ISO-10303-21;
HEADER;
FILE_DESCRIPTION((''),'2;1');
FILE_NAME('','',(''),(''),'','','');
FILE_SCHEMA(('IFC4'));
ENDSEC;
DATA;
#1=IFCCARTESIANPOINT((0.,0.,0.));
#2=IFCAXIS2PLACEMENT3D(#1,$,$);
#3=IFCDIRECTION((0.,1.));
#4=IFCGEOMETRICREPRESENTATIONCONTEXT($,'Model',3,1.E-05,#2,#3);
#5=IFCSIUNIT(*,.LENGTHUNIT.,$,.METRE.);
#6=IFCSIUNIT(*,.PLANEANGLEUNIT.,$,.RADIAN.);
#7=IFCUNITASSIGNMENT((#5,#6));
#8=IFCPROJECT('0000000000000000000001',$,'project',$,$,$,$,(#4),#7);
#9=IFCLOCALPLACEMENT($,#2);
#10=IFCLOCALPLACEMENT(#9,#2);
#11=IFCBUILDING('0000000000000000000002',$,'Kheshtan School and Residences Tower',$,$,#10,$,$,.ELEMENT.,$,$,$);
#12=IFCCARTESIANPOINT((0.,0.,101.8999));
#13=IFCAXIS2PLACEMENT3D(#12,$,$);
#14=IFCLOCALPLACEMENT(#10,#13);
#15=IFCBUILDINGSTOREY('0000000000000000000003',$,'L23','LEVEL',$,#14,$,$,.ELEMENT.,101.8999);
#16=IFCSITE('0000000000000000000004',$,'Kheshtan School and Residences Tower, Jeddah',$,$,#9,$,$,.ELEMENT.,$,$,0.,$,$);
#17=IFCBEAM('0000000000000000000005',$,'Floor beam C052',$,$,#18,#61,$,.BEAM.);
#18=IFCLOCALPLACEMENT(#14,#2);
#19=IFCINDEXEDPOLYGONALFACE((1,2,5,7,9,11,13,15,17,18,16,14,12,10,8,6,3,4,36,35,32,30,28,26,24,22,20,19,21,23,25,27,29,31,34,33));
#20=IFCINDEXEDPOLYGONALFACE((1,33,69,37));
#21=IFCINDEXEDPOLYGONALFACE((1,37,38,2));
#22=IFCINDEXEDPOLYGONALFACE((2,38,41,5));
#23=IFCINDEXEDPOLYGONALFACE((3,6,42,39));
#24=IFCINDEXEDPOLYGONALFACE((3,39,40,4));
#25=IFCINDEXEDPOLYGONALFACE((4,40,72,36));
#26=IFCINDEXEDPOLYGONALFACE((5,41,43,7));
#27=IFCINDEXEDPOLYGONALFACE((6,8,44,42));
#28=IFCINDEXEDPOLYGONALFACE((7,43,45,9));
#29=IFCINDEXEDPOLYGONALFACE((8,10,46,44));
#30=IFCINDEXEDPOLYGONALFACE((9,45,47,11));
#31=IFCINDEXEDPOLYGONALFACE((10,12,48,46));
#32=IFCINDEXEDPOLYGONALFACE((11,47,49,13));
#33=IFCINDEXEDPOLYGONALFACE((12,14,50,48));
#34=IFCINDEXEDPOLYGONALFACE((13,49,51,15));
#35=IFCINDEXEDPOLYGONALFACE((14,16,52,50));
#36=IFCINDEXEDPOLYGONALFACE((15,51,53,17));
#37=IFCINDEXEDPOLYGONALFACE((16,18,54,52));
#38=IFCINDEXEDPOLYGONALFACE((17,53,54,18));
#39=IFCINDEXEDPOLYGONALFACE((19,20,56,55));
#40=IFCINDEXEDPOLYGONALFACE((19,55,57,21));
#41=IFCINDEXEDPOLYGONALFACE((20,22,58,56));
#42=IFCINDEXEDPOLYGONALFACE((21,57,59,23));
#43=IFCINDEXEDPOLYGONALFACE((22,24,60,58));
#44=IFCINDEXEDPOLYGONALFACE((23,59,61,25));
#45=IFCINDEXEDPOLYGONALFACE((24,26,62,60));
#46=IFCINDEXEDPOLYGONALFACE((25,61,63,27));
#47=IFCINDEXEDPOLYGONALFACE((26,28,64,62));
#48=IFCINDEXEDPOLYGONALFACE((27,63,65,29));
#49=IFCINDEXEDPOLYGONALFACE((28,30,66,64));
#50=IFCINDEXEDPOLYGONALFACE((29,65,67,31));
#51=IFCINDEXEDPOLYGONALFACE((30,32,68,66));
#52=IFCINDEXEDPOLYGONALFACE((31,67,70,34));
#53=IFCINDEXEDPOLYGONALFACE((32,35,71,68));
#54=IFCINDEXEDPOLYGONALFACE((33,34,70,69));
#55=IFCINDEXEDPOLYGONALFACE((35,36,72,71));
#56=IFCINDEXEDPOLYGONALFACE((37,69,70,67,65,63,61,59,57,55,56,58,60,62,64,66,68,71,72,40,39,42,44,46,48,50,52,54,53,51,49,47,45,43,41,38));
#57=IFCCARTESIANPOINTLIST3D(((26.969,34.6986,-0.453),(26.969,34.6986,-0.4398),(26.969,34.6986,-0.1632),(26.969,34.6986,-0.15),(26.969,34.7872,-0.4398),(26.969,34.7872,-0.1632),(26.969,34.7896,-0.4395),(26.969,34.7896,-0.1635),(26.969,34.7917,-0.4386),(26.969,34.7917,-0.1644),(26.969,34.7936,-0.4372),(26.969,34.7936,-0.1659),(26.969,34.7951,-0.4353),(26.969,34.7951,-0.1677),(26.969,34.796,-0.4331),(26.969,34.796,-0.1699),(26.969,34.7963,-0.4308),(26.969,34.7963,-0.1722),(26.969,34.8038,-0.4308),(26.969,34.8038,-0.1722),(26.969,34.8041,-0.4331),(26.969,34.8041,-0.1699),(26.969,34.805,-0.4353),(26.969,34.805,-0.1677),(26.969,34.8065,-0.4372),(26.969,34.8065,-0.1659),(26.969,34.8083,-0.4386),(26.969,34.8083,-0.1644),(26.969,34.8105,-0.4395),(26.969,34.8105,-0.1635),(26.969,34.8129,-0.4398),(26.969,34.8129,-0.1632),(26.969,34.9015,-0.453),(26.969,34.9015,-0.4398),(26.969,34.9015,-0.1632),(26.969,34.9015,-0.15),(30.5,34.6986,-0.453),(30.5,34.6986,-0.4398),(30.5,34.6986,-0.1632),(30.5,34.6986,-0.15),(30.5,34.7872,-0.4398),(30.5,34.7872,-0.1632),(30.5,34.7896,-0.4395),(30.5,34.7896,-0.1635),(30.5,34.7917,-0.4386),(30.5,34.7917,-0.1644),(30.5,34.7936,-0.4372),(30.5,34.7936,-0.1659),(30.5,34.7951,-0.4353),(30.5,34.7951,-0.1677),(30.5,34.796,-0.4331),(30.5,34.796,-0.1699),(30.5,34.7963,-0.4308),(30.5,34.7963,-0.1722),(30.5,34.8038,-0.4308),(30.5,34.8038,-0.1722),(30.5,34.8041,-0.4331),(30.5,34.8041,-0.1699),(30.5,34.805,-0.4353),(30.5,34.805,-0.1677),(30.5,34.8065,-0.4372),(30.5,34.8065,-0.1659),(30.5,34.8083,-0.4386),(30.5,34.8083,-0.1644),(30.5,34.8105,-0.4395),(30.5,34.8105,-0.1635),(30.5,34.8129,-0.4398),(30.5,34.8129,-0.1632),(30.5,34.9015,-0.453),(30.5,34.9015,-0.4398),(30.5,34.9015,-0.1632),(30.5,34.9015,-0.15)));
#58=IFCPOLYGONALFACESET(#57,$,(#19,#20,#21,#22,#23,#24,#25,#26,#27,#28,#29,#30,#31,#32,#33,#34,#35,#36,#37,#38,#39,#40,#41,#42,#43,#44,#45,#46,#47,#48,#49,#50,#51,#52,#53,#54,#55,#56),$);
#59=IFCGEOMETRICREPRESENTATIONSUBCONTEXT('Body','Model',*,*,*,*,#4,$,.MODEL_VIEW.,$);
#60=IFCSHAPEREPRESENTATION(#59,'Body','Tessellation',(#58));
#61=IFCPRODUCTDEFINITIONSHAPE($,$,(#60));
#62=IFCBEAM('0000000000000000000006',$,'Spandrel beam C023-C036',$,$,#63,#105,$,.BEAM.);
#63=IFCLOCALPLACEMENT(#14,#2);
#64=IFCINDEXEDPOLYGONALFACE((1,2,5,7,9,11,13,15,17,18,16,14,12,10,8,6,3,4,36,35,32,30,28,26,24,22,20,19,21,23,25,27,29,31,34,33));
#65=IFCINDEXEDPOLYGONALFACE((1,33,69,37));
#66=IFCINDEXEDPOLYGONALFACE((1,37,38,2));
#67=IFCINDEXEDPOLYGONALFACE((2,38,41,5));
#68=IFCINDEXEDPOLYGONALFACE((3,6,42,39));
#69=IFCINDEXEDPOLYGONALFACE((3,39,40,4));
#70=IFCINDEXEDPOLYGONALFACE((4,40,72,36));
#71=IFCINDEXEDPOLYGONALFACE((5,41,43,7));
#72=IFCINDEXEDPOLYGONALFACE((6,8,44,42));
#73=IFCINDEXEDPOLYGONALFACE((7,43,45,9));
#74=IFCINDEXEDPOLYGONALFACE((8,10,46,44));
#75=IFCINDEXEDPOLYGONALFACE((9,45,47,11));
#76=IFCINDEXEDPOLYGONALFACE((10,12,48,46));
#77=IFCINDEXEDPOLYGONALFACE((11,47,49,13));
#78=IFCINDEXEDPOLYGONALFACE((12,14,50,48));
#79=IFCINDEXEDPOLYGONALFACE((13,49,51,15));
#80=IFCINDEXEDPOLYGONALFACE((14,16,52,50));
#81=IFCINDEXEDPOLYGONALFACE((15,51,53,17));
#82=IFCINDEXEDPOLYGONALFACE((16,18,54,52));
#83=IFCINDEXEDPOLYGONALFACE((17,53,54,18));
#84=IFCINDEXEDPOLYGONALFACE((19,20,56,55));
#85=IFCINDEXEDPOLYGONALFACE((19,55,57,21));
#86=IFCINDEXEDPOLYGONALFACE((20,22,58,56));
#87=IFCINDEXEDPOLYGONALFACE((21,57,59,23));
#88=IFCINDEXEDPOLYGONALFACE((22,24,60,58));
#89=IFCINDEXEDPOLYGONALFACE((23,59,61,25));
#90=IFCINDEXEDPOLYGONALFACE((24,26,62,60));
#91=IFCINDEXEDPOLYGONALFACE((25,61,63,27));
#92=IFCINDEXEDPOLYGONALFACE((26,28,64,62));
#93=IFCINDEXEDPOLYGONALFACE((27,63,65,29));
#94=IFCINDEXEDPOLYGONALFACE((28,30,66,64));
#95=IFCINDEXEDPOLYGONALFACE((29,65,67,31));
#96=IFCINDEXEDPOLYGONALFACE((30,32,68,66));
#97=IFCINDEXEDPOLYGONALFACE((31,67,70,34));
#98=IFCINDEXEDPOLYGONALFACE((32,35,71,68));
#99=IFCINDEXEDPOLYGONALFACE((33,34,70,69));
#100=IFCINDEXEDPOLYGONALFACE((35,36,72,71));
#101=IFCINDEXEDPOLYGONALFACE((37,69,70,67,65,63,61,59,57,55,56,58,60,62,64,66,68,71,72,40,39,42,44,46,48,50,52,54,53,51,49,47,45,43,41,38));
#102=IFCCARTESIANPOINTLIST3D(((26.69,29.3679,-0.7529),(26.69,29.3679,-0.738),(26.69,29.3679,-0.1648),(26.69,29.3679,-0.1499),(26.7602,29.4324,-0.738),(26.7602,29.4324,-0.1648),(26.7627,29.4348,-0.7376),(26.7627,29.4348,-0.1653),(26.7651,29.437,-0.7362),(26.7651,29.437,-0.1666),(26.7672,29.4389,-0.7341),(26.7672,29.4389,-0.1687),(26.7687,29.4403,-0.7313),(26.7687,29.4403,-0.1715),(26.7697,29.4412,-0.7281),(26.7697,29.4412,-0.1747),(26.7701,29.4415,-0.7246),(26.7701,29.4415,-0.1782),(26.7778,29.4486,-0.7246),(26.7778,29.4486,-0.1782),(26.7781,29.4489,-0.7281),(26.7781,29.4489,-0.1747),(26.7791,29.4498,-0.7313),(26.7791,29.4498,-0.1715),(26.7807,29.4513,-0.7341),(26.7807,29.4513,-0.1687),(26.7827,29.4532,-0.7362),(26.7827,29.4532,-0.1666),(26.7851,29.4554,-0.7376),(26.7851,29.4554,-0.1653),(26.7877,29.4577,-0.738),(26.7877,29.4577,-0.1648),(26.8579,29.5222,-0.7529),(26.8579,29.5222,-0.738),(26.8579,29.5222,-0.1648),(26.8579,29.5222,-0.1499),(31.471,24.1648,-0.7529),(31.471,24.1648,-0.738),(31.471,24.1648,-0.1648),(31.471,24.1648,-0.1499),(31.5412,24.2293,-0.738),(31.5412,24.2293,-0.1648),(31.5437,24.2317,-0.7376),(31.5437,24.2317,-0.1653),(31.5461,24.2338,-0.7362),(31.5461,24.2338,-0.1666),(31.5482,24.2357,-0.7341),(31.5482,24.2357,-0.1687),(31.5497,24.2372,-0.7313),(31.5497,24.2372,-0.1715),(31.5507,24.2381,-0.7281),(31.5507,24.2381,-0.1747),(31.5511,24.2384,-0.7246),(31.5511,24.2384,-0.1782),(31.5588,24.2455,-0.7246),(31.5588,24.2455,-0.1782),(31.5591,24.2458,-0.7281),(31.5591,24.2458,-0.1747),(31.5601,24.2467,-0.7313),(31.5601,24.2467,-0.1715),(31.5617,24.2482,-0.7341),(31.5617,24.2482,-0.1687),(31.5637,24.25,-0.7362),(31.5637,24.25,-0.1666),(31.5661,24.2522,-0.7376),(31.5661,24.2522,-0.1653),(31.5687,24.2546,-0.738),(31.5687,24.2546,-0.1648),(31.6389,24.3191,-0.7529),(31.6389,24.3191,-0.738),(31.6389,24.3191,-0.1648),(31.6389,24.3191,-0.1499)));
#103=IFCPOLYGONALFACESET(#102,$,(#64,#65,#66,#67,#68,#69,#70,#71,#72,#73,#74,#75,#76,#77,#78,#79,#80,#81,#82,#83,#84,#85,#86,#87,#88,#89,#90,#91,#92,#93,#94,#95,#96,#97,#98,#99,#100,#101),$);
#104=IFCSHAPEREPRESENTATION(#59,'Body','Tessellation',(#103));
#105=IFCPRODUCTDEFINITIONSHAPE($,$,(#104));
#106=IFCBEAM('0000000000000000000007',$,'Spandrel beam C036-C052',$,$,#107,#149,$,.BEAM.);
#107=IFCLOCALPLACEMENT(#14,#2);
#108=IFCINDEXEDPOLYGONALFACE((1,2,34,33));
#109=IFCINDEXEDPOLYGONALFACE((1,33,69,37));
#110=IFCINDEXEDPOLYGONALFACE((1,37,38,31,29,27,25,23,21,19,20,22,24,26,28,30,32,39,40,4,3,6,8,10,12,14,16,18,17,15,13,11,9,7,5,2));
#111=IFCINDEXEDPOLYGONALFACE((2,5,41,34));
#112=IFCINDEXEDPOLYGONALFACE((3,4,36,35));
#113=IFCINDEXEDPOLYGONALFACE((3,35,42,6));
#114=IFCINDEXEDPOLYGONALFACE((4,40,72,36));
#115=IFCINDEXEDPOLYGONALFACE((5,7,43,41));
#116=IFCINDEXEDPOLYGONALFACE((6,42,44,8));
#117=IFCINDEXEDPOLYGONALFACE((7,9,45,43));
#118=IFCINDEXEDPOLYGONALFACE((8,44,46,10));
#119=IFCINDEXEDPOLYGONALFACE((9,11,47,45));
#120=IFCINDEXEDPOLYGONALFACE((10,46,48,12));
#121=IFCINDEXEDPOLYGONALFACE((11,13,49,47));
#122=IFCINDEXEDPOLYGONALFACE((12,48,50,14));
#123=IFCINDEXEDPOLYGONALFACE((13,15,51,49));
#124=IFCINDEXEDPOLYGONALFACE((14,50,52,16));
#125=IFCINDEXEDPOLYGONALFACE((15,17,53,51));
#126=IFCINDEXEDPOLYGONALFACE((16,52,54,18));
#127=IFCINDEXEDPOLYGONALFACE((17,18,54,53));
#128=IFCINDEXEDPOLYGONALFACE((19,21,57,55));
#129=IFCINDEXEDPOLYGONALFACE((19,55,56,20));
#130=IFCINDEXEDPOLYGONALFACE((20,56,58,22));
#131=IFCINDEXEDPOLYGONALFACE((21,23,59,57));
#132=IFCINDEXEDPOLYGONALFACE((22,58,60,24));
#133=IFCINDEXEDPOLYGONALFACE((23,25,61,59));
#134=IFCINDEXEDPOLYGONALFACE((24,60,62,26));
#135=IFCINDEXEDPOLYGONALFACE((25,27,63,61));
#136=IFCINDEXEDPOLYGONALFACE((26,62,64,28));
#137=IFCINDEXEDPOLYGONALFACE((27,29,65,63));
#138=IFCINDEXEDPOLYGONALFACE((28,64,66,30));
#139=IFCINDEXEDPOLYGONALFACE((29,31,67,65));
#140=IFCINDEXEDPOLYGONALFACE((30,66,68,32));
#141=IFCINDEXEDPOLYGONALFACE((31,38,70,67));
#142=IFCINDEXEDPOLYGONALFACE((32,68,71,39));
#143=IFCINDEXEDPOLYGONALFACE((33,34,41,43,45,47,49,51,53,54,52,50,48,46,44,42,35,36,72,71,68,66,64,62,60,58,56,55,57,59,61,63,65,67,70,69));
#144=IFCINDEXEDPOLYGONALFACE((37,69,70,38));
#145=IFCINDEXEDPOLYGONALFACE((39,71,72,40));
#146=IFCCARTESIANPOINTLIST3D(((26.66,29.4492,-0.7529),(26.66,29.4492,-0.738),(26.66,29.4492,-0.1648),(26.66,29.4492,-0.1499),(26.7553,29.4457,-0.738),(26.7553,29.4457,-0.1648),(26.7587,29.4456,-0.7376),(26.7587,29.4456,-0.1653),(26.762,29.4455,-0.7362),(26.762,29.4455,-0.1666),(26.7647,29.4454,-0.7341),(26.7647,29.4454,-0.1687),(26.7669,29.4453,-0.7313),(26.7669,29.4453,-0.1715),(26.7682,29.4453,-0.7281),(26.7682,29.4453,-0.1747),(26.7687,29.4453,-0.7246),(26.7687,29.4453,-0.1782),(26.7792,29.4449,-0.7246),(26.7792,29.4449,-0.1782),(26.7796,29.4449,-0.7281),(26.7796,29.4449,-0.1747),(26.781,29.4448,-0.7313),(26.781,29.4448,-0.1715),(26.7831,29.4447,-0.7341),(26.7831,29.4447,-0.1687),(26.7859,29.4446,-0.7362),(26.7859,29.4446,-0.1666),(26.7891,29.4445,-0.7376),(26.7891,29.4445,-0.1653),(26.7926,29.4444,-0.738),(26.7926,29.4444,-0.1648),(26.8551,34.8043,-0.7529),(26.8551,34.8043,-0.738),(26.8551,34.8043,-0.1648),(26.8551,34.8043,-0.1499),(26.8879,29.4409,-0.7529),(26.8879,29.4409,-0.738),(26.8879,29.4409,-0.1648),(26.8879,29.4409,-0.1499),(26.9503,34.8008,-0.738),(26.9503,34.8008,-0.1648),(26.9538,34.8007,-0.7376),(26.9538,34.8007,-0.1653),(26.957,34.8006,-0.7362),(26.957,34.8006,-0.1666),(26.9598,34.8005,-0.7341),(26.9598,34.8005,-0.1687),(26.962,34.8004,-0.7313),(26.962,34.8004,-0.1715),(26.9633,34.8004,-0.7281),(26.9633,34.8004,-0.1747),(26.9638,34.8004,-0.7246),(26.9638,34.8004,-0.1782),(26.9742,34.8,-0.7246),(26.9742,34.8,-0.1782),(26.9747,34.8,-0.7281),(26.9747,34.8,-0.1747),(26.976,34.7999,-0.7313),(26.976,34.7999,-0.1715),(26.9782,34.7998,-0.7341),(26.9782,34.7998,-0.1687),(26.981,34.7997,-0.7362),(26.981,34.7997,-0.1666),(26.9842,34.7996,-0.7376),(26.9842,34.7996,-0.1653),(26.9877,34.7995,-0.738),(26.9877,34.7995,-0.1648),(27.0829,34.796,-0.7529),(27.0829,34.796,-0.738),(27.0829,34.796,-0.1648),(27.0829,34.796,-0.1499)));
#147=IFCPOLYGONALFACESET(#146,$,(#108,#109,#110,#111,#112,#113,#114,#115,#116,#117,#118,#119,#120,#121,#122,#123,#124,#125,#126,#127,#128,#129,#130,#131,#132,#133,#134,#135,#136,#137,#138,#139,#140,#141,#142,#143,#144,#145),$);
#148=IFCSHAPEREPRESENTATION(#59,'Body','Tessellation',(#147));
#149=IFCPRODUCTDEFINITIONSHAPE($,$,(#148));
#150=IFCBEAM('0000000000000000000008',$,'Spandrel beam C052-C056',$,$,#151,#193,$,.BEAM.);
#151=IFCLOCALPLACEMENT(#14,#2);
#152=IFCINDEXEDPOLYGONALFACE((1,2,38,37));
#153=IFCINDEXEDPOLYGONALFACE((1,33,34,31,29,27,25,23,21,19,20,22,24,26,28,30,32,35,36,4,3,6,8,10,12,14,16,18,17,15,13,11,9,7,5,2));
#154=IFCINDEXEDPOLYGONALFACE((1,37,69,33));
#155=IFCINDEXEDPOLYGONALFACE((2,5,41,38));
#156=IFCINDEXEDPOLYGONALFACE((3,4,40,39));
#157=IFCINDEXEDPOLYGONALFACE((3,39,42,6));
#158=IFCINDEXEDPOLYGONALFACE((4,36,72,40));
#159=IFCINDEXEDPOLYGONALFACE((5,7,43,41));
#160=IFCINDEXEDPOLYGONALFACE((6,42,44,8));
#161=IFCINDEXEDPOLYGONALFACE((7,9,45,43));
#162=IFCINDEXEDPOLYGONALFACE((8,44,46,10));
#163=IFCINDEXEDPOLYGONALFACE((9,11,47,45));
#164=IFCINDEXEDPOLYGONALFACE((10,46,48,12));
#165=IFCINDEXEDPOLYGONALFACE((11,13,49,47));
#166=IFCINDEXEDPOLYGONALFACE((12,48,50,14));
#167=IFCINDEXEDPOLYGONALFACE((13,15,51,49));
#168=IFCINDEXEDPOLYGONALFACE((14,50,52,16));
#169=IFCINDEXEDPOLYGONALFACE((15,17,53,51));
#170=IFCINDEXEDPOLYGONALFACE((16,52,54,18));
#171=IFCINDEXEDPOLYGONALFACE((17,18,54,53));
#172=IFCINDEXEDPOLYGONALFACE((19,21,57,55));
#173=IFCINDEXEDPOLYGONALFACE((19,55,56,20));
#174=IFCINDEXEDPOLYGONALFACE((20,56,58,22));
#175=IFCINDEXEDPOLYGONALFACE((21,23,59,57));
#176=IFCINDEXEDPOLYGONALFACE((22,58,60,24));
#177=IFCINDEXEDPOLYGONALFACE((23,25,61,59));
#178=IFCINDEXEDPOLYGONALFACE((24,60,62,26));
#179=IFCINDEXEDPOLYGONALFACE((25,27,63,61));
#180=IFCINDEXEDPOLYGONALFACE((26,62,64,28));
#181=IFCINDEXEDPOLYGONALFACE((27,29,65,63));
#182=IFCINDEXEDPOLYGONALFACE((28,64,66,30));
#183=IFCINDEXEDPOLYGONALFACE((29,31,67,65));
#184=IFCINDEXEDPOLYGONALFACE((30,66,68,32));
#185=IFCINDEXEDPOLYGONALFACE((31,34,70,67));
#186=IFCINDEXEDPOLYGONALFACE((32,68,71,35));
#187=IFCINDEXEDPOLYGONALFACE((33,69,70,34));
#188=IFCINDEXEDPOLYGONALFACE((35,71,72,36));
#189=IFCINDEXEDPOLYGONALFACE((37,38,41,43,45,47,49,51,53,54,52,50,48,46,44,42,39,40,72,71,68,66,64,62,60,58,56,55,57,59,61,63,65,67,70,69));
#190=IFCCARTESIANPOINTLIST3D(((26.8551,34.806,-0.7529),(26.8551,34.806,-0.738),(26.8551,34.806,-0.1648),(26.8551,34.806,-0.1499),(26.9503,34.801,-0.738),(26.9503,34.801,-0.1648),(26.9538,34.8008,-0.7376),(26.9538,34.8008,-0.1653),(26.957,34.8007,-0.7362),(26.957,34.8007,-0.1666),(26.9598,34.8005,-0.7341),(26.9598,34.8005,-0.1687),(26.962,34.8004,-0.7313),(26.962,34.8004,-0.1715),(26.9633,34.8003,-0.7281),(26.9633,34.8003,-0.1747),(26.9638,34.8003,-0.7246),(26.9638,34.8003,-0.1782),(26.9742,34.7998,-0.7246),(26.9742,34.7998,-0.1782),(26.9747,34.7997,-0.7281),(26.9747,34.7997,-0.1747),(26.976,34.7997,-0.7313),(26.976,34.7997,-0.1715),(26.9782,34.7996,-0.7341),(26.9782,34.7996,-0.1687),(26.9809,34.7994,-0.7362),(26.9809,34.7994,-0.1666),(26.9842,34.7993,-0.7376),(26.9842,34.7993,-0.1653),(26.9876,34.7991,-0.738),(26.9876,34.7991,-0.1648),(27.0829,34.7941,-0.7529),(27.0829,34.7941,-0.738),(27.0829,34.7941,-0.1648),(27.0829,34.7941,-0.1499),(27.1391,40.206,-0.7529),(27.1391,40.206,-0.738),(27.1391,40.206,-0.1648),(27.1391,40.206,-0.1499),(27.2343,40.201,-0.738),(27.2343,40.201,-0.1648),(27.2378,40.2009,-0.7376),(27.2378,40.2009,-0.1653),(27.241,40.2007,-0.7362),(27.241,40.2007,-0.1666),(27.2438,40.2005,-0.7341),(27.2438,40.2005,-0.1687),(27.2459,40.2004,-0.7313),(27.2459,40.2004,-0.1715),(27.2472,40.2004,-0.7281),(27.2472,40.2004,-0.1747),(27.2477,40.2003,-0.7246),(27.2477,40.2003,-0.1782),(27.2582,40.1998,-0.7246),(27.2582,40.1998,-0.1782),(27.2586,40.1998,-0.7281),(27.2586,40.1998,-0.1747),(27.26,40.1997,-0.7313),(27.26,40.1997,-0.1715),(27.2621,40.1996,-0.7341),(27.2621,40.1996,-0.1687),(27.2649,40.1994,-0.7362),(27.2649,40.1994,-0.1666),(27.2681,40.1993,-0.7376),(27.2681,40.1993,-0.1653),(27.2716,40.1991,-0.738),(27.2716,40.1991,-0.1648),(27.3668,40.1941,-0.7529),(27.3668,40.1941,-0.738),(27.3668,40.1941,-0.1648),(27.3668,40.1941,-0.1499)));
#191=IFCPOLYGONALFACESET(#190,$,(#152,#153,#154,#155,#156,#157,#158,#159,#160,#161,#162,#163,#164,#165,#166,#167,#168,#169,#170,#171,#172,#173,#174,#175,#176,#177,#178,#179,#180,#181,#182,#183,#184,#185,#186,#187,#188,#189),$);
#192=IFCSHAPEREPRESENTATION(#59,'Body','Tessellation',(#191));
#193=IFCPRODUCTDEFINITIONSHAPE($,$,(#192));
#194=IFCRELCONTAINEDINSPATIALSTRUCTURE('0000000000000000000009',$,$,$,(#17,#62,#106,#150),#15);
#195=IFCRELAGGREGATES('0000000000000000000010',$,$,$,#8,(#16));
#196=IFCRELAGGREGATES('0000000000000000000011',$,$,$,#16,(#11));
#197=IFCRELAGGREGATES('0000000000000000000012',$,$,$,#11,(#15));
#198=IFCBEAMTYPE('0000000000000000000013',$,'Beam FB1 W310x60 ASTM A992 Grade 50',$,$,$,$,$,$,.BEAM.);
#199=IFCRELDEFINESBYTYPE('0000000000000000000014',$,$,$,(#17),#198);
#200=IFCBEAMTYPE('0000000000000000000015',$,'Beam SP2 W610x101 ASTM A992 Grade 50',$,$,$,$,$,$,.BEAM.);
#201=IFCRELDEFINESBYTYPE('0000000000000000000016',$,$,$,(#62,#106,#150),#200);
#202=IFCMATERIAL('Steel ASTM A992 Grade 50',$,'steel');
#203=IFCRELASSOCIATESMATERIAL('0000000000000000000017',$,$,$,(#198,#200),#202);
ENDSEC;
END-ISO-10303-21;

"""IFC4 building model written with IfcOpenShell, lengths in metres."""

from ifc_helpers import new_model, si_unit, direction, frame, origin, origin_2d, place, context, subcontext, project, spatial, i_section, extrude, material, material_profile, profile_set, type_object, element, save


model = new_model("IFC4")

# Units and contexts
model_context = context("Model", 3, precision=1e-05, world=origin(), true_north=direction((0.0, 1.0)))
body_context = subcontext(model_context, "Body", "Model", "MODEL_VIEW")
ifc_project = project(units=[si_unit("LENGTHUNIT", "METRE"), si_unit("PLANEANGLEUNIT", "RADIAN")], contexts=[model_context])

# Site, building, storey
site_placement = place(None, origin())
site = spatial("IfcSite", under=ifc_project, at=site_placement, Name="Kheshtan School and Residences Tower, Jeddah", CompositionType="ELEMENT", RefElevation=0.0)
building_placement = place(site_placement, origin())
building = spatial("IfcBuilding", under=site, at=building_placement, Name="Kheshtan School and Residences Tower", CompositionType="ELEMENT")
storey_placement = place(building_placement, frame((0.0, 0.0, 101.8999)))
storey = spatial("IfcBuildingStorey", under=building, at=storey_placement, Name="L23", Description="LEVEL", CompositionType="ELEMENT", Elevation=101.8999)

# Shared definitions
ifc_material_1 = material(Name="Steel ASTM A992 Grade 50", Category="steel")

# Beams
ifc_material_profile_1 = material_profile(ifc_material_1, i_section(OverallWidth=0.2029, OverallDepth=0.303, WebThickness=0.0076, FlangeThickness=0.0132, FilletRadius=0.009, at=origin_2d()), Name="W310x60")
ifc_profile_set_1 = profile_set([ifc_material_profile_1], Name="Steel ASTM A992 Grade 50")
beam_type_1 = type_object("IfcBeamType", Name="Beam FB1 W310x60 ASTM A992 Grade 50", PredefinedType="BEAM", material=ifc_profile_set_1)
beam_1_placement = place(storey_placement, frame((26.969, 34.8, -0.3015), z_axis=(1.0, 0.0, 0.0), x_axis=(0.0, 1.0, 0.0)))
element("IfcBeam", 1, at=beam_1_placement, inside=storey, type_object=beam_type_1, Name="Floor beam C052", PredefinedType="BEAM", context=body_context, shape_type="SweptSolid", body=[
    extrude(i_section(OverallWidth=0.2029, OverallDepth=0.303, WebThickness=0.0076, FlangeThickness=0.0132, FilletRadius=0.009, at=origin_2d()), origin(), (0.0, 0.0, 1.0), 3.531),
])
ifc_material_profile_2 = material_profile(ifc_material_1, i_section(OverallWidth=0.228, OverallDepth=0.603, WebThickness=0.0105, FlangeThickness=0.0149, FilletRadius=0.0134, at=origin_2d()), Name="W610x101")
ifc_profile_set_2 = profile_set([ifc_material_profile_2], Name="Steel ASTM A992 Grade 50")
beam_type_2 = type_object("IfcBeamType", Name="Beam SP2 W610x101 ASTM A992 Grade 50", PredefinedType="BEAM", material=ifc_profile_set_2)
beam_2_placement = place(storey_placement, frame((31.5549, 24.2419, -0.4514), z_axis=(-0.676607, 0.736345, 0.0), x_axis=(-0.736345, -0.676607, 0.0)))
element("IfcBeam", 2, at=beam_2_placement, inside=storey, type_object=beam_type_2, Name="Spandrel beam C023-C036", PredefinedType="BEAM", context=body_context, shape_type="SweptSolid", body=[
    extrude(i_section(OverallWidth=0.228, OverallDepth=0.603, WebThickness=0.0105, FlangeThickness=0.0149, FilletRadius=0.0134, at=origin_2d()), origin(), (0.0, 0.0, 1.0), 7.0662),
])
beam_3_placement = place(storey_placement, frame((26.7739, 29.4451, -0.4514), z_axis=(0.036403, 0.999337, 0.0), x_axis=(-0.999337, 0.036403, 0.0)))
element("IfcBeam", 3, at=beam_3_placement, inside=storey, type_object=beam_type_2, Name="Spandrel beam C036-C052", PredefinedType="BEAM", context=body_context, shape_type="SweptSolid", body=[
    extrude(i_section(OverallWidth=0.228, OverallDepth=0.603, WebThickness=0.0105, FlangeThickness=0.0149, FilletRadius=0.0134, at=origin_2d()), origin(), (0.0, 0.0, 1.0), 5.3586),
])
beam_4_placement = place(storey_placement, frame((26.969, 34.8, -0.4514), z_axis=(0.052509, 0.99862, 0.0), x_axis=(-0.99862, 0.052509, 0.0)))
element("IfcBeam", 4, at=beam_4_placement, inside=storey, type_object=beam_type_2, Name="Spandrel beam C052-C056", PredefinedType="BEAM", context=body_context, shape_type="SweptSolid", body=[
    extrude(i_section(OverallWidth=0.228, OverallDepth=0.603, WebThickness=0.0105, FlangeThickness=0.0149, FilletRadius=0.0134, at=origin_2d()), origin(), (0.0, 0.0, 1.0), 5.4075),
])

save(model, "model.ifc")
